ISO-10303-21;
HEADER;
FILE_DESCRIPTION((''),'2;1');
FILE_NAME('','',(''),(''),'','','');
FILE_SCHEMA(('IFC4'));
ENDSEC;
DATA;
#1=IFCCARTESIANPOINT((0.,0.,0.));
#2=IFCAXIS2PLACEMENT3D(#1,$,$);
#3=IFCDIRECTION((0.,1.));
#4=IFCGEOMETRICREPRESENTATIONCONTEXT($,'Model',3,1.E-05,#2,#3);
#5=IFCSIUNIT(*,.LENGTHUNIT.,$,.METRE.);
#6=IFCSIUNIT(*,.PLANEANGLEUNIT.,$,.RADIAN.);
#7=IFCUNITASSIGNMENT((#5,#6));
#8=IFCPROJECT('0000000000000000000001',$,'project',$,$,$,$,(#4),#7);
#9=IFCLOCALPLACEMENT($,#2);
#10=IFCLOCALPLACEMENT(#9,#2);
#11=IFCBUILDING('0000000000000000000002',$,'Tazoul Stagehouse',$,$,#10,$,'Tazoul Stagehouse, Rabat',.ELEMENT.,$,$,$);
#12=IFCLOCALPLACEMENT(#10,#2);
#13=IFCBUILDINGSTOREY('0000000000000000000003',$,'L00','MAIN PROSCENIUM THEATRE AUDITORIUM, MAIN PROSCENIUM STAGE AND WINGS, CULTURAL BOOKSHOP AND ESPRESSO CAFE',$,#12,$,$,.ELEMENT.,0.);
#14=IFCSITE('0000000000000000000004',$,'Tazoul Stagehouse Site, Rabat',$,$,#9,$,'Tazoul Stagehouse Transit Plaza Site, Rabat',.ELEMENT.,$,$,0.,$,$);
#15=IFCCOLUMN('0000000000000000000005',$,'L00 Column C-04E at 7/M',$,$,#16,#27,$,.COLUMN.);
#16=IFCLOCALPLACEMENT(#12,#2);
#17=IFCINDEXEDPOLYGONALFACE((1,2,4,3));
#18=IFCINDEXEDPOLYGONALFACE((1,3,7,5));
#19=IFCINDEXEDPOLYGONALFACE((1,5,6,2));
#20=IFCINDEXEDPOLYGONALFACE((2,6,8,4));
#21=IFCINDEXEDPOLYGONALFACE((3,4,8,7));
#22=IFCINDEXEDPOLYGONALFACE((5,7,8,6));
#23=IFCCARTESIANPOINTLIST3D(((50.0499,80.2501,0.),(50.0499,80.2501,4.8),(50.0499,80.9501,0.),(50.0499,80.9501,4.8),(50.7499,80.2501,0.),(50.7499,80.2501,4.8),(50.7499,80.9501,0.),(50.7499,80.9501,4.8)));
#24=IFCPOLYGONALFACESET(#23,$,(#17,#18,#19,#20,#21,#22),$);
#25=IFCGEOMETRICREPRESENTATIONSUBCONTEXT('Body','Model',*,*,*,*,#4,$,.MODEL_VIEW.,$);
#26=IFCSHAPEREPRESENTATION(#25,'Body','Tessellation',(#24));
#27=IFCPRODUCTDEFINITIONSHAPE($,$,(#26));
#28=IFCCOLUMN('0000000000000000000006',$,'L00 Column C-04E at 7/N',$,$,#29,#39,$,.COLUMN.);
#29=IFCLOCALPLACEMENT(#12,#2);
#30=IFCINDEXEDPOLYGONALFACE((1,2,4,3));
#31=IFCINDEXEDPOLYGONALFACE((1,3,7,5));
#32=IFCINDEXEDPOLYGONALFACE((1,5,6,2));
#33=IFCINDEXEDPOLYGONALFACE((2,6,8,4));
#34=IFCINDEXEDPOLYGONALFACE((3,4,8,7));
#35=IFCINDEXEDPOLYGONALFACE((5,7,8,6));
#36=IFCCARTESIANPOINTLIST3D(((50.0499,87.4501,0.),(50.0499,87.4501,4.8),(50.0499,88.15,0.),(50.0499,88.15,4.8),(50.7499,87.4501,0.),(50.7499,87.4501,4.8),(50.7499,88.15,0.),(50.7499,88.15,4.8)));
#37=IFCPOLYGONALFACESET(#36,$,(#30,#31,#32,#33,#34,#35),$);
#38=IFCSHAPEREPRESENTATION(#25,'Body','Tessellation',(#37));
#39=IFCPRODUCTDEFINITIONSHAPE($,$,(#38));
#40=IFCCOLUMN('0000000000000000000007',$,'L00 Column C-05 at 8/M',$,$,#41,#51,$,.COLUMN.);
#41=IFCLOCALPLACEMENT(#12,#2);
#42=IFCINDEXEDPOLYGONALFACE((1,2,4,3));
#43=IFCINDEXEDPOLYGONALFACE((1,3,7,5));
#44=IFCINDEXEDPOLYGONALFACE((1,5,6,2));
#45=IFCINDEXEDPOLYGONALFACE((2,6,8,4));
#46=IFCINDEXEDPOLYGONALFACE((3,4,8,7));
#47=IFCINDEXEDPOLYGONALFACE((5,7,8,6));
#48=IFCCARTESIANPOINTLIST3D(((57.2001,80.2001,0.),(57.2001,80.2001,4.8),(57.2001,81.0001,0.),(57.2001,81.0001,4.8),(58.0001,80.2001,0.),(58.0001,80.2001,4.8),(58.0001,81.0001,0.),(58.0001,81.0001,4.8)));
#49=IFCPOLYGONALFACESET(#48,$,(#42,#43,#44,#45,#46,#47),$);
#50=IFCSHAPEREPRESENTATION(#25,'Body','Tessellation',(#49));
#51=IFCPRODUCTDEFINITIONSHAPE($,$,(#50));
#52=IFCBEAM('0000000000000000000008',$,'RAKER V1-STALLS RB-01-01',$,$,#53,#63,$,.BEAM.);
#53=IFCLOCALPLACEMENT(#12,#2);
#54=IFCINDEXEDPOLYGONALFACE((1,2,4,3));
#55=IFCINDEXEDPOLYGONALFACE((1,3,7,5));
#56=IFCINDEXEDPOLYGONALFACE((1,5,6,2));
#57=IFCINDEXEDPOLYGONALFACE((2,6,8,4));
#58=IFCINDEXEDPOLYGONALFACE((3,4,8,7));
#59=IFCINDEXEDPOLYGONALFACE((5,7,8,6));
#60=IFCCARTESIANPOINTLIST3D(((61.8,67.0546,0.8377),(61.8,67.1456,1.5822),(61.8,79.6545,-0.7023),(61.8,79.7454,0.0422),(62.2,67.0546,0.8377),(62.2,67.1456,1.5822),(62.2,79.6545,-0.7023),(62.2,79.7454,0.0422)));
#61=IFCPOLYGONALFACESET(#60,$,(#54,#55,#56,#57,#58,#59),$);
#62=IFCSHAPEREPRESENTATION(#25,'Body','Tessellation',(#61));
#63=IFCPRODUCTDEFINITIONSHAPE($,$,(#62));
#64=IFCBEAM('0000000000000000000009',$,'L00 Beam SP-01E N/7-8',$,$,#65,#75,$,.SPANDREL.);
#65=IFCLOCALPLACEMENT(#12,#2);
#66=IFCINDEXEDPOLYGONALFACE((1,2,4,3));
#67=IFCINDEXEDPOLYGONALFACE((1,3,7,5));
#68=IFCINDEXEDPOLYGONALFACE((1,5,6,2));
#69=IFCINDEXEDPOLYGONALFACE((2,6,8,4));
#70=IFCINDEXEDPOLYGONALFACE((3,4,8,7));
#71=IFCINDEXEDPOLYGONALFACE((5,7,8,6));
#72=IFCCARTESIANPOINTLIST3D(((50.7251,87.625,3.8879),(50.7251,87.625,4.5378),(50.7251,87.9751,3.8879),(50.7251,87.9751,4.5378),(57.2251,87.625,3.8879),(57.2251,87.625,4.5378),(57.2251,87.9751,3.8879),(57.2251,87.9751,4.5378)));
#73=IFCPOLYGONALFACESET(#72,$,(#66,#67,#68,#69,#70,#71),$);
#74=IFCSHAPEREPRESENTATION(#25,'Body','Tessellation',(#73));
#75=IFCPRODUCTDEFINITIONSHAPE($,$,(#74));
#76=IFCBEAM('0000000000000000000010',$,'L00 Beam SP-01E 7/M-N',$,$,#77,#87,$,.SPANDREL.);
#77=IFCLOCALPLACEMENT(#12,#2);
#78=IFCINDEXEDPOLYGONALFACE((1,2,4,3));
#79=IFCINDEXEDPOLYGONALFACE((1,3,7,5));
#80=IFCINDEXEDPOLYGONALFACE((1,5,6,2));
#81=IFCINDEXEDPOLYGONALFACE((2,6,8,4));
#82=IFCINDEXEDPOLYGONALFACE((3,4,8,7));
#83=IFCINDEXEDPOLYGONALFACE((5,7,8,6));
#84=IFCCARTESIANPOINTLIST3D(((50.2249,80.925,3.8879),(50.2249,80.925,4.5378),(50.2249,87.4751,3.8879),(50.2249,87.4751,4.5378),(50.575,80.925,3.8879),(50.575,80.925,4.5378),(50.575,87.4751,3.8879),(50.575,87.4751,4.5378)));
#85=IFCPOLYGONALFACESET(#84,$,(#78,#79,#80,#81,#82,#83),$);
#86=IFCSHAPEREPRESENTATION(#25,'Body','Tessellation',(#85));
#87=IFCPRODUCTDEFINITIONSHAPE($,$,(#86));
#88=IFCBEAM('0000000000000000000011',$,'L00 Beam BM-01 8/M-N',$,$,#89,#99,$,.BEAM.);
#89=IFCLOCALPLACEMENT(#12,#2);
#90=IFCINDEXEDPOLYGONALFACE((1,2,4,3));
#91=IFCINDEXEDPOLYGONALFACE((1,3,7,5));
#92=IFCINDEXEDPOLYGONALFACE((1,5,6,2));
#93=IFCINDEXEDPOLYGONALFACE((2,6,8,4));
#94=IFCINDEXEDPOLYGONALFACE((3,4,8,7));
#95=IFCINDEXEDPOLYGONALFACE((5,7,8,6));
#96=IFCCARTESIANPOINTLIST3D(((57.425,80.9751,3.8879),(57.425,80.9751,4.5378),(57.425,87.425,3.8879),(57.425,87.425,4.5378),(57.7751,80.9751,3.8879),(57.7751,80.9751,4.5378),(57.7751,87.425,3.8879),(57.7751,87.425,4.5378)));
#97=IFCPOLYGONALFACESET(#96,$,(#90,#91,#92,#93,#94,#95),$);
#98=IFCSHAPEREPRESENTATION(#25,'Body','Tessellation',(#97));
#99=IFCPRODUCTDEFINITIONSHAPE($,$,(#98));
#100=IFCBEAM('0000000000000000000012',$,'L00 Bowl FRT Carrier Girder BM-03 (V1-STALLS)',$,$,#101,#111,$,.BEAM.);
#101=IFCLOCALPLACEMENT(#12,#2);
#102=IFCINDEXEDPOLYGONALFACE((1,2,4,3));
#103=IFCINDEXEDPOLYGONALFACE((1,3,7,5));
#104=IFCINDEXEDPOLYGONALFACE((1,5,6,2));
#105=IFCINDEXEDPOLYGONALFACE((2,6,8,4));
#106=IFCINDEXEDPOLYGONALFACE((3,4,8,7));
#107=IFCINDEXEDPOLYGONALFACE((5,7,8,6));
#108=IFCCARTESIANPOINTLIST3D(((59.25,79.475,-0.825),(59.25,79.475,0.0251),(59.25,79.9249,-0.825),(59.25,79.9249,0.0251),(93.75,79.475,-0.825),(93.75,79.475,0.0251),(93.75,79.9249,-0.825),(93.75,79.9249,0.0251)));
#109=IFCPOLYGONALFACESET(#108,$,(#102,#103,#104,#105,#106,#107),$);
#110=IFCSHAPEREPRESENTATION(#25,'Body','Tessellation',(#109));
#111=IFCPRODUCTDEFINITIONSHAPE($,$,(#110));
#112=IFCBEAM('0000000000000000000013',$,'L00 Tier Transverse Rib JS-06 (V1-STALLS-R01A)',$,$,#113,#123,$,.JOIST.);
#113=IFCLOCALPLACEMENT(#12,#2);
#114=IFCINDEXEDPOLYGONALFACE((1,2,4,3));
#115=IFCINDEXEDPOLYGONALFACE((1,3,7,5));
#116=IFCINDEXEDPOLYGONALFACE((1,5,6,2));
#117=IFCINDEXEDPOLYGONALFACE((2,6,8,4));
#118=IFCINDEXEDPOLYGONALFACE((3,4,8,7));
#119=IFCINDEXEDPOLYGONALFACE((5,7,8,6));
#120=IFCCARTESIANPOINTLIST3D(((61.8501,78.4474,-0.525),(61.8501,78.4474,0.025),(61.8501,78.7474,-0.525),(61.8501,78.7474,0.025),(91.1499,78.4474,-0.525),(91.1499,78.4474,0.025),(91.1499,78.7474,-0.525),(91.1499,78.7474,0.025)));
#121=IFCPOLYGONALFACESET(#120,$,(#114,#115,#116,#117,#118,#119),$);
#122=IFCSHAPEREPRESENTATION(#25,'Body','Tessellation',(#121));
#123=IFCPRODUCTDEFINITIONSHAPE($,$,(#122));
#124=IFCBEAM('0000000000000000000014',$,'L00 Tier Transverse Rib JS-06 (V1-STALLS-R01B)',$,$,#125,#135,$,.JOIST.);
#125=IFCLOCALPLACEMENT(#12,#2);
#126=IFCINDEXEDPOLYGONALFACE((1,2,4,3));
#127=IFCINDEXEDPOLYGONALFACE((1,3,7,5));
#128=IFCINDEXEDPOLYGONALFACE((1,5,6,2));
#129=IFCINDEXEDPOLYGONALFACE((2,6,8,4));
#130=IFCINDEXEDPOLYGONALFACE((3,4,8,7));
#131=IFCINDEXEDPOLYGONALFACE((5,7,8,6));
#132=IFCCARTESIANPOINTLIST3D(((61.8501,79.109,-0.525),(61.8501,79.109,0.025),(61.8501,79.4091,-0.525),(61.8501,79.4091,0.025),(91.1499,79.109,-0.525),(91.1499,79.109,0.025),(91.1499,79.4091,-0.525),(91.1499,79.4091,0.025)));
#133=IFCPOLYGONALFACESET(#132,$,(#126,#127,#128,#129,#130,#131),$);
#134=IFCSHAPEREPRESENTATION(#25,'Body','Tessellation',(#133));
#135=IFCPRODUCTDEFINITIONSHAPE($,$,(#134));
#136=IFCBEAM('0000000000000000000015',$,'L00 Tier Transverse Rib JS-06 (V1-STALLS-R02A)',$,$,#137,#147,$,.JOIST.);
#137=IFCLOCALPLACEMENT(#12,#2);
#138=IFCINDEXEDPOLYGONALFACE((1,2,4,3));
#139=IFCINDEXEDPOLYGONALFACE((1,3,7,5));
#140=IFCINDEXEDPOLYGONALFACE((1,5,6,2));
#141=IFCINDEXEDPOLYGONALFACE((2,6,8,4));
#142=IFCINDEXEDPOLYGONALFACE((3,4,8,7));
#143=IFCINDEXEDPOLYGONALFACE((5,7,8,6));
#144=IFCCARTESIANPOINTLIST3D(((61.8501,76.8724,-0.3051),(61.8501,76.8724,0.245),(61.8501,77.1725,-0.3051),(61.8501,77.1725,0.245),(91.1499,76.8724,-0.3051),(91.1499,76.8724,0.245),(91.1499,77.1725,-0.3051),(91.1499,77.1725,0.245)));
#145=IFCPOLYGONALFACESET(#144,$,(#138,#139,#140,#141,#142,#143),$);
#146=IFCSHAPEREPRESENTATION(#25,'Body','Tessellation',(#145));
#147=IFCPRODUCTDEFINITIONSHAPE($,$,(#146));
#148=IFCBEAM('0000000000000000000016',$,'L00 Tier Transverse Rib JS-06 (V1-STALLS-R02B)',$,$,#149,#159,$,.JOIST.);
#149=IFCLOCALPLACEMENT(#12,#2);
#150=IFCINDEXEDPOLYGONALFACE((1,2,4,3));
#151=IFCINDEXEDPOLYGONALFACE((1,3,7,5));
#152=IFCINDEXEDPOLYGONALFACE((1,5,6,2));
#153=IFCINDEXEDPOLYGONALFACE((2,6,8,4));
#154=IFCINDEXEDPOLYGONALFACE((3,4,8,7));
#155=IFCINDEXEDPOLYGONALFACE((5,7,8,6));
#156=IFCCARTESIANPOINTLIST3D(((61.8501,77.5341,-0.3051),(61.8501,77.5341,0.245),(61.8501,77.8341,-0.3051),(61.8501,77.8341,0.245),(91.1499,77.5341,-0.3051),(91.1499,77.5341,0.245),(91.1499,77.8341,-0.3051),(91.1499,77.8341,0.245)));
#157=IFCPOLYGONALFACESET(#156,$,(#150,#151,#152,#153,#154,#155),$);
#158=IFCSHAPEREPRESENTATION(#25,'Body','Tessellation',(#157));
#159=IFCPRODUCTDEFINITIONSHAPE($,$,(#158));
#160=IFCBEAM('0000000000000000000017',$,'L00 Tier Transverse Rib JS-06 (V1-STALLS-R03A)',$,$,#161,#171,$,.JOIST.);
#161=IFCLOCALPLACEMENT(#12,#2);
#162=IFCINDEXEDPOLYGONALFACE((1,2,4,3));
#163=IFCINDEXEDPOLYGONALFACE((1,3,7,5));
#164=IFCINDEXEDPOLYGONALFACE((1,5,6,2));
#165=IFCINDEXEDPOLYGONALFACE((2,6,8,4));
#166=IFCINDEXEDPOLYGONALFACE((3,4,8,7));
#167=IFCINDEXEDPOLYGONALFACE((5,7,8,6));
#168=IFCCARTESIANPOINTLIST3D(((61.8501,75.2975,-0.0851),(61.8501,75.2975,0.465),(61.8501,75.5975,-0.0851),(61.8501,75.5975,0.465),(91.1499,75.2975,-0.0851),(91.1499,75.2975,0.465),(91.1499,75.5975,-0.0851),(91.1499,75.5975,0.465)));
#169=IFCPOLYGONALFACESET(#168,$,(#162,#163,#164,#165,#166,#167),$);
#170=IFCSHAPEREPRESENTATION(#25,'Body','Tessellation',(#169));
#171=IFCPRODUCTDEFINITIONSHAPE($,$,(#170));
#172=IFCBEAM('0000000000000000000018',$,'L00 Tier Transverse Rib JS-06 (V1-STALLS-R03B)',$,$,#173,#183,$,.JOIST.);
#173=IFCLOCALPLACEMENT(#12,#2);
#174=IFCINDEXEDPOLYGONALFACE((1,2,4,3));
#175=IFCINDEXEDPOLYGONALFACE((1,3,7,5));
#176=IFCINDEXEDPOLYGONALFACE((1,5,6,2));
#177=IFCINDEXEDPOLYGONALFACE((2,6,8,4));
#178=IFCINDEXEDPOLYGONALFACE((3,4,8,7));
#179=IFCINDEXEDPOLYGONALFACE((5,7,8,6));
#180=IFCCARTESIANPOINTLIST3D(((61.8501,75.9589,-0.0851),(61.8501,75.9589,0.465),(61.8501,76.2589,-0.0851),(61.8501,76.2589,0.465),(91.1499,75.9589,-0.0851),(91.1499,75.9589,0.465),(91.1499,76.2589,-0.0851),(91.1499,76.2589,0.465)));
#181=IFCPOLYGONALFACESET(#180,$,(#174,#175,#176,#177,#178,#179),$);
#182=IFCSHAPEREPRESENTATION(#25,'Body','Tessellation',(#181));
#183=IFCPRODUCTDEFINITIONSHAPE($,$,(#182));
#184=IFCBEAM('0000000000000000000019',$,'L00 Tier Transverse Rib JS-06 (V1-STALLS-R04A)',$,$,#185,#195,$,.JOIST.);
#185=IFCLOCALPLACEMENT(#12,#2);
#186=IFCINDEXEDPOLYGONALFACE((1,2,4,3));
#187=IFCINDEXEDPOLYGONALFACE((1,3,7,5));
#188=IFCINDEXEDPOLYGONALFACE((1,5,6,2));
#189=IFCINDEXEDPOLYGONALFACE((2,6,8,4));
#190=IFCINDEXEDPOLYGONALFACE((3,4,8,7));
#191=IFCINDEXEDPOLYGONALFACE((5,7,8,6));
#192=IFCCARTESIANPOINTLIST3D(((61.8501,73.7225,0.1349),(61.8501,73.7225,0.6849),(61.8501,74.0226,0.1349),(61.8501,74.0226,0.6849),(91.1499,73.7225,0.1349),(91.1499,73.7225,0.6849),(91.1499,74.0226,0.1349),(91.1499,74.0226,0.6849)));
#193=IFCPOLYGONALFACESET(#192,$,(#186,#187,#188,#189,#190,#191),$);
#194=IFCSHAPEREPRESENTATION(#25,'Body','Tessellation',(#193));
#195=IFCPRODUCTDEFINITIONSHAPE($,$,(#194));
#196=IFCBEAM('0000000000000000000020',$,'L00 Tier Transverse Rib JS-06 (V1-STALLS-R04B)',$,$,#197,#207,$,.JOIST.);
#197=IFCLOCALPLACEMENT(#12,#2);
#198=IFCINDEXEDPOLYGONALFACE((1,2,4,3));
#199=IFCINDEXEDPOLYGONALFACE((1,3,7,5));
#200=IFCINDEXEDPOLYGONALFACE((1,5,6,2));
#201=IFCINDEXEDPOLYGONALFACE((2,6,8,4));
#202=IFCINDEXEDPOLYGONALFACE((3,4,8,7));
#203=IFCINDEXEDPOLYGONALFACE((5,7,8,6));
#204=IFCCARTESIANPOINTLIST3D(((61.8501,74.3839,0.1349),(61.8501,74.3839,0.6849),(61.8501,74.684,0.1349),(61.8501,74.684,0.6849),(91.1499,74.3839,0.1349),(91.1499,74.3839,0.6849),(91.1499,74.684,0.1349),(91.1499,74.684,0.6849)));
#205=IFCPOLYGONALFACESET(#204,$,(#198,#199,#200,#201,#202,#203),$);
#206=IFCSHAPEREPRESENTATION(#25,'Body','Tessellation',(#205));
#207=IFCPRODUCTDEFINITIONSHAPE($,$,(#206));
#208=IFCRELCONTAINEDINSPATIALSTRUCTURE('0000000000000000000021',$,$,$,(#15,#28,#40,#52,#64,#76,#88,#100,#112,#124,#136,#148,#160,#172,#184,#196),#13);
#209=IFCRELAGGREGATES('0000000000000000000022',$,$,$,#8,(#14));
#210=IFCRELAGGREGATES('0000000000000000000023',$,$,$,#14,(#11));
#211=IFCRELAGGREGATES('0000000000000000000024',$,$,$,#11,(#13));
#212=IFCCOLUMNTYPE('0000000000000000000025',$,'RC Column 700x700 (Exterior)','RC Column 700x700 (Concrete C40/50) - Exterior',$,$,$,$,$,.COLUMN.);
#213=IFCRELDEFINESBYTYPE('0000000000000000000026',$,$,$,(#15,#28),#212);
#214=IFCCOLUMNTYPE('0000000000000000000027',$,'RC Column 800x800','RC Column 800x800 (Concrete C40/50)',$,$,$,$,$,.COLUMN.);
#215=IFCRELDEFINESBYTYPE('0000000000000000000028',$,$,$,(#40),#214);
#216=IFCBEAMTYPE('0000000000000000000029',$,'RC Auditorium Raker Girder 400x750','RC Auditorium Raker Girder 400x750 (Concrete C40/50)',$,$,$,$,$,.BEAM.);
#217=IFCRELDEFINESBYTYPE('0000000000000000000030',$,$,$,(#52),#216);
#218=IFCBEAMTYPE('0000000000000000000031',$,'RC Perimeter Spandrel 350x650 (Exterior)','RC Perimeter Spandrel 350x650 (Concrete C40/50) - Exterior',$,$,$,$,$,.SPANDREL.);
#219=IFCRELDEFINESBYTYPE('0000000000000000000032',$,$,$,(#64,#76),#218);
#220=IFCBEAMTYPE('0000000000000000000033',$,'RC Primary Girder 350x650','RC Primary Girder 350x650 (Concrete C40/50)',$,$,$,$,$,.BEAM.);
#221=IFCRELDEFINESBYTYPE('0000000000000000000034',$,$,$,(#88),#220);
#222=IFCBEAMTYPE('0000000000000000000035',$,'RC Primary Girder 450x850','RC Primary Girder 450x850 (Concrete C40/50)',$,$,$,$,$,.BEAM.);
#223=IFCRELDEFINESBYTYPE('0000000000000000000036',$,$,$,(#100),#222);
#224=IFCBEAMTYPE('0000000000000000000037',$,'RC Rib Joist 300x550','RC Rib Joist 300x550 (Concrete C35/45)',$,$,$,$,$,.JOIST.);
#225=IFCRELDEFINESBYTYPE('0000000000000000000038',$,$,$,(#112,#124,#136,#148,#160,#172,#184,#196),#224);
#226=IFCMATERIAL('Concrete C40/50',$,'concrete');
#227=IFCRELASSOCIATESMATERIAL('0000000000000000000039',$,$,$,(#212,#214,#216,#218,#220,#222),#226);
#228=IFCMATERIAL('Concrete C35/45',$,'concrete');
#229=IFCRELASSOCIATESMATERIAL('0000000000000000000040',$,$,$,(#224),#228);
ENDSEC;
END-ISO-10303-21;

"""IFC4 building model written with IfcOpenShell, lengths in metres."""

from ifc_helpers import new_model, si_unit, direction, frame, origin, origin_2d, place, context, subcontext, project, spatial, rectangle, extrude, material, material_profile, profile_set, type_object, element, save


model = new_model("IFC4")

# Units and contexts
model_context = context("Model", 3, precision=1e-05, world=origin(), true_north=direction((0.0, 1.0)))
body_context = subcontext(model_context, "Body", "Model", "MODEL_VIEW")
ifc_project = project(units=[si_unit("LENGTHUNIT", "METRE"), si_unit("PLANEANGLEUNIT", "RADIAN")], contexts=[model_context])

# Site, building, storey
site_placement = place(None, origin())
site = spatial("IfcSite", under=ifc_project, at=site_placement, Name="Tazoul Stagehouse Site, Rabat", LongName="Tazoul Stagehouse Transit Plaza Site, Rabat", CompositionType="ELEMENT", RefElevation=0.0)
building_placement = place(site_placement, origin())
building = spatial("IfcBuilding", under=site, at=building_placement, Name="Tazoul Stagehouse", LongName="Tazoul Stagehouse, Rabat", CompositionType="ELEMENT")
storey_placement = place(building_placement, origin())
storey = spatial("IfcBuildingStorey", under=building, at=storey_placement, Name="L00", Description="MAIN PROSCENIUM THEATRE AUDITORIUM, MAIN PROSCENIUM STAGE AND WINGS, CULTURAL BOOKSHOP AND ESPRESSO CAFE", CompositionType="ELEMENT", Elevation=0.0)

# Columns
ifc_material_1 = material(Name="Concrete C40/50", Category="concrete")
ifc_material_profile_1 = material_profile(ifc_material_1, rectangle(XDim=0.7, YDim=0.7, at=origin_2d()), Name="RC 700x700")
ifc_profile_set_1 = profile_set([ifc_material_profile_1], Name="Concrete C40/50")
column_type_1 = type_object("IfcColumnType", Name="RC Column 700x700 (Exterior)", Description="RC Column 700x700 (Concrete C40/50) - Exterior", PredefinedType="COLUMN", material=ifc_profile_set_1)
for number, where, z_axis, x_axis, name in (
    (1, (50.3999, 80.6001, 0.0), (0.0, 0.0, 1.0), (1.0, 0.0, 0.0), "L00 Column C-04E at 7/M"),
    (2, (50.3999, 87.8, 0.0), (0.0, 0.0, 1.0), (1.0, 0.0, 0.0), "L00 Column C-04E at 7/N"),
):
    element("IfcColumn", number, at=place(storey_placement, frame(where, z_axis=z_axis, x_axis=x_axis)), inside=storey, type_object=column_type_1, Name=name, PredefinedType="COLUMN", context=body_context, shape_type="SweptSolid", body=[
        extrude(rectangle(XDim=0.7, YDim=0.7, at=origin_2d()), origin(), (0.0, 0.0, 1.0), 4.8),
    ])
ifc_material_profile_2 = material_profile(ifc_material_1, rectangle(XDim=0.8, YDim=0.8, at=origin_2d()), Name="RC 800x800")
ifc_profile_set_2 = profile_set([ifc_material_profile_2], Name="Concrete C40/50")
column_type_2 = type_object("IfcColumnType", Name="RC Column 800x800", Description="RC Column 800x800 (Concrete C40/50)", PredefinedType="COLUMN", material=ifc_profile_set_2)
column_placement = place(storey_placement, frame((57.6001, 80.6001, 0.0), z_axis=(0.0, 0.0, 1.0), x_axis=(1.0, 0.0, 0.0)))
element("IfcColumn", 3, at=column_placement, inside=storey, type_object=column_type_2, Name="L00 Column C-05 at 8/M", PredefinedType="COLUMN", context=body_context, shape_type="SweptSolid", body=[
    extrude(rectangle(XDim=0.8, YDim=0.8, at=origin_2d()), origin(), (0.0, 0.0, 1.0), 4.8),
])

# Beams
ifc_material_profile_3 = material_profile(ifc_material_1, rectangle(XDim=0.3999, YDim=0.75, at=origin_2d()), Name="RC 400x750")
ifc_profile_set_3 = profile_set([ifc_material_profile_3], Name="Concrete C40/50")
beam_type_1 = type_object("IfcBeamType", Name="RC Auditorium Raker Girder 400x750", Description="RC Auditorium Raker Girder 400x750 (Concrete C40/50)", PredefinedType="BEAM", material=ifc_profile_set_3)
beam_1_placement = place(storey_placement, frame((62.0, 79.7, -0.3301), z_axis=(0.0, -0.992613, 0.121324), x_axis=(1.0, 0.0, 0.0)))
element("IfcBeam", 4, at=beam_1_placement, inside=storey, type_object=beam_type_1, Name="RAKER V1-STALLS RB-01-01", PredefinedType="BEAM", context=body_context, shape_type="SweptSolid", body=[
    extrude(rectangle(XDim=0.3999, YDim=0.75, at=origin_2d()), origin(), (0.0, 0.0, 1.0), 12.6936),
])
ifc_material_profile_4 = material_profile(ifc_material_1, rectangle(XDim=0.3501, YDim=0.6499, at=origin_2d()), Name="RC 350x650")
ifc_profile_set_4 = profile_set([ifc_material_profile_4], Name="Concrete C40/50")
beam_type_2 = type_object("IfcBeamType", Name="RC Perimeter Spandrel 350x650 (Exterior)", Description="RC Perimeter Spandrel 350x650 (Concrete C40/50) - Exterior", PredefinedType="SPANDREL", material=ifc_profile_set_4)
beam_2_placement = place(storey_placement, frame((50.7251, 87.8, 4.2129), z_axis=(1.0, 0.0, 0.0), x_axis=(0.0, 1.0, 0.0)))
element("IfcBeam", 5, at=beam_2_placement, inside=storey, type_object=beam_type_2, Name="L00 Beam SP-01E N/7-8", PredefinedType="SPANDREL", context=body_context, shape_type="SweptSolid", body=[
    extrude(rectangle(XDim=0.3501, YDim=0.6499, at=origin_2d()), origin(), (0.0, 0.0, 1.0), 6.5),
])
beam_3_placement = place(storey_placement, frame((50.3999, 80.925, 4.2129), z_axis=(0.0, 1.0, 0.0), x_axis=(-1.0, 0.0, 0.0)))
element("IfcBeam", 6, at=beam_3_placement, inside=storey, type_object=beam_type_2, Name="L00 Beam SP-01E 7/M-N", PredefinedType="SPANDREL", context=body_context, shape_type="SweptSolid", body=[
    extrude(rectangle(XDim=0.3501, YDim=0.6499, at=origin_2d()), origin(), (0.0, 0.0, 1.0), 6.55),
])
ifc_material_profile_5 = material_profile(ifc_material_1, rectangle(XDim=0.3501, YDim=0.6499, at=origin_2d()), Name="RC 350x650")
ifc_profile_set_5 = profile_set([ifc_material_profile_5], Name="Concrete C40/50")
beam_type_3 = type_object("IfcBeamType", Name="RC Primary Girder 350x650", Description="RC Primary Girder 350x650 (Concrete C40/50)", PredefinedType="BEAM", material=ifc_profile_set_5)
beam_4_placement = place(storey_placement, frame((57.6001, 80.9751, 4.2129), z_axis=(0.0, 1.0, 0.0), x_axis=(-1.0, 0.0, 0.0)))
element("IfcBeam", 7, at=beam_4_placement, inside=storey, type_object=beam_type_3, Name="L00 Beam BM-01 8/M-N", PredefinedType="BEAM", context=body_context, shape_type="SweptSolid", body=[
    extrude(rectangle(XDim=0.3501, YDim=0.6499, at=origin_2d()), origin(), (0.0, 0.0, 1.0), 6.45),
])
ifc_material_profile_6 = material_profile(ifc_material_1, rectangle(XDim=0.45, YDim=0.8501, at=origin_2d()), Name="RC 450x850")
ifc_profile_set_6 = profile_set([ifc_material_profile_6], Name="Concrete C40/50")
beam_type_4 = type_object("IfcBeamType", Name="RC Primary Girder 450x850", Description="RC Primary Girder 450x850 (Concrete C40/50)", PredefinedType="BEAM", material=ifc_profile_set_6)
beam_5_placement = place(storey_placement, frame((59.25, 79.7, -0.3999), z_axis=(1.0, 0.0, 0.0), x_axis=(0.0, 1.0, 0.0)))
element("IfcBeam", 8, at=beam_5_placement, inside=storey, type_object=beam_type_4, Name="L00 Bowl FRT Carrier Girder BM-03 (V1-STALLS)", PredefinedType="BEAM", context=body_context, shape_type="SweptSolid", body=[
    extrude(rectangle(XDim=0.45, YDim=0.8501, at=origin_2d()), origin(), (0.0, 0.0, 1.0), 34.5),
])
ifc_material_2 = material(Name="Concrete C35/45", Category="concrete")
ifc_material_profile_7 = material_profile(ifc_material_2, rectangle(XDim=0.3, YDim=0.55, at=origin_2d()), Name="RC 300x550")
ifc_profile_set_7 = profile_set([ifc_material_profile_7], Name="Concrete C35/45")
beam_type_5 = type_object("IfcBeamType", Name="RC Rib Joist 300x550", Description="RC Rib Joist 300x550 (Concrete C35/45)", PredefinedType="JOIST", material=ifc_profile_set_7)
for number, where, z_axis, x_axis, name in (
    (9, (61.8501, 78.5974, -0.25), (1.0, 0.0, 0.0), (0.0, 1.0, 0.0), "L00 Tier Transverse Rib JS-06 (V1-STALLS-R01A)"),
    (10, (61.8501, 79.259, -0.25), (1.0, 0.0, 0.0), (0.0, 1.0, 0.0), "L00 Tier Transverse Rib JS-06 (V1-STALLS-R01B)"),
    (11, (61.8501, 77.0225, -0.03), (1.0, 0.0, 0.0), (0.0, 1.0, 0.0), "L00 Tier Transverse Rib JS-06 (V1-STALLS-R02A)"),
    (12, (61.8501, 77.6841, -0.03), (1.0, 0.0, 0.0), (0.0, 1.0, 0.0), "L00 Tier Transverse Rib JS-06 (V1-STALLS-R02B)"),
    (13, (61.8501, 75.4475, 0.1899), (1.0, 0.0, 0.0), (0.0, 1.0, 0.0), "L00 Tier Transverse Rib JS-06 (V1-STALLS-R03A)"),
    (14, (61.8501, 76.1089, 0.1899), (1.0, 0.0, 0.0), (0.0, 1.0, 0.0), "L00 Tier Transverse Rib JS-06 (V1-STALLS-R03B)"),
    (15, (61.8501, 73.8726, 0.4099), (1.0, 0.0, 0.0), (0.0, 1.0, 0.0), "L00 Tier Transverse Rib JS-06 (V1-STALLS-R04A)"),
    (16, (61.8501, 74.5339, 0.4099), (1.0, 0.0, 0.0), (0.0, 1.0, 0.0), "L00 Tier Transverse Rib JS-06 (V1-STALLS-R04B)"),
):
    element("IfcBeam", number, at=place(storey_placement, frame(where, z_axis=z_axis, x_axis=x_axis)), inside=storey, type_object=beam_type_5, Name=name, PredefinedType="JOIST", context=body_context, shape_type="SweptSolid", body=[
        extrude(rectangle(XDim=0.3, YDim=0.55, at=origin_2d()), origin(), (0.0, 0.0, 1.0), 29.2998),
    ])

save(model, "model.ifc")
